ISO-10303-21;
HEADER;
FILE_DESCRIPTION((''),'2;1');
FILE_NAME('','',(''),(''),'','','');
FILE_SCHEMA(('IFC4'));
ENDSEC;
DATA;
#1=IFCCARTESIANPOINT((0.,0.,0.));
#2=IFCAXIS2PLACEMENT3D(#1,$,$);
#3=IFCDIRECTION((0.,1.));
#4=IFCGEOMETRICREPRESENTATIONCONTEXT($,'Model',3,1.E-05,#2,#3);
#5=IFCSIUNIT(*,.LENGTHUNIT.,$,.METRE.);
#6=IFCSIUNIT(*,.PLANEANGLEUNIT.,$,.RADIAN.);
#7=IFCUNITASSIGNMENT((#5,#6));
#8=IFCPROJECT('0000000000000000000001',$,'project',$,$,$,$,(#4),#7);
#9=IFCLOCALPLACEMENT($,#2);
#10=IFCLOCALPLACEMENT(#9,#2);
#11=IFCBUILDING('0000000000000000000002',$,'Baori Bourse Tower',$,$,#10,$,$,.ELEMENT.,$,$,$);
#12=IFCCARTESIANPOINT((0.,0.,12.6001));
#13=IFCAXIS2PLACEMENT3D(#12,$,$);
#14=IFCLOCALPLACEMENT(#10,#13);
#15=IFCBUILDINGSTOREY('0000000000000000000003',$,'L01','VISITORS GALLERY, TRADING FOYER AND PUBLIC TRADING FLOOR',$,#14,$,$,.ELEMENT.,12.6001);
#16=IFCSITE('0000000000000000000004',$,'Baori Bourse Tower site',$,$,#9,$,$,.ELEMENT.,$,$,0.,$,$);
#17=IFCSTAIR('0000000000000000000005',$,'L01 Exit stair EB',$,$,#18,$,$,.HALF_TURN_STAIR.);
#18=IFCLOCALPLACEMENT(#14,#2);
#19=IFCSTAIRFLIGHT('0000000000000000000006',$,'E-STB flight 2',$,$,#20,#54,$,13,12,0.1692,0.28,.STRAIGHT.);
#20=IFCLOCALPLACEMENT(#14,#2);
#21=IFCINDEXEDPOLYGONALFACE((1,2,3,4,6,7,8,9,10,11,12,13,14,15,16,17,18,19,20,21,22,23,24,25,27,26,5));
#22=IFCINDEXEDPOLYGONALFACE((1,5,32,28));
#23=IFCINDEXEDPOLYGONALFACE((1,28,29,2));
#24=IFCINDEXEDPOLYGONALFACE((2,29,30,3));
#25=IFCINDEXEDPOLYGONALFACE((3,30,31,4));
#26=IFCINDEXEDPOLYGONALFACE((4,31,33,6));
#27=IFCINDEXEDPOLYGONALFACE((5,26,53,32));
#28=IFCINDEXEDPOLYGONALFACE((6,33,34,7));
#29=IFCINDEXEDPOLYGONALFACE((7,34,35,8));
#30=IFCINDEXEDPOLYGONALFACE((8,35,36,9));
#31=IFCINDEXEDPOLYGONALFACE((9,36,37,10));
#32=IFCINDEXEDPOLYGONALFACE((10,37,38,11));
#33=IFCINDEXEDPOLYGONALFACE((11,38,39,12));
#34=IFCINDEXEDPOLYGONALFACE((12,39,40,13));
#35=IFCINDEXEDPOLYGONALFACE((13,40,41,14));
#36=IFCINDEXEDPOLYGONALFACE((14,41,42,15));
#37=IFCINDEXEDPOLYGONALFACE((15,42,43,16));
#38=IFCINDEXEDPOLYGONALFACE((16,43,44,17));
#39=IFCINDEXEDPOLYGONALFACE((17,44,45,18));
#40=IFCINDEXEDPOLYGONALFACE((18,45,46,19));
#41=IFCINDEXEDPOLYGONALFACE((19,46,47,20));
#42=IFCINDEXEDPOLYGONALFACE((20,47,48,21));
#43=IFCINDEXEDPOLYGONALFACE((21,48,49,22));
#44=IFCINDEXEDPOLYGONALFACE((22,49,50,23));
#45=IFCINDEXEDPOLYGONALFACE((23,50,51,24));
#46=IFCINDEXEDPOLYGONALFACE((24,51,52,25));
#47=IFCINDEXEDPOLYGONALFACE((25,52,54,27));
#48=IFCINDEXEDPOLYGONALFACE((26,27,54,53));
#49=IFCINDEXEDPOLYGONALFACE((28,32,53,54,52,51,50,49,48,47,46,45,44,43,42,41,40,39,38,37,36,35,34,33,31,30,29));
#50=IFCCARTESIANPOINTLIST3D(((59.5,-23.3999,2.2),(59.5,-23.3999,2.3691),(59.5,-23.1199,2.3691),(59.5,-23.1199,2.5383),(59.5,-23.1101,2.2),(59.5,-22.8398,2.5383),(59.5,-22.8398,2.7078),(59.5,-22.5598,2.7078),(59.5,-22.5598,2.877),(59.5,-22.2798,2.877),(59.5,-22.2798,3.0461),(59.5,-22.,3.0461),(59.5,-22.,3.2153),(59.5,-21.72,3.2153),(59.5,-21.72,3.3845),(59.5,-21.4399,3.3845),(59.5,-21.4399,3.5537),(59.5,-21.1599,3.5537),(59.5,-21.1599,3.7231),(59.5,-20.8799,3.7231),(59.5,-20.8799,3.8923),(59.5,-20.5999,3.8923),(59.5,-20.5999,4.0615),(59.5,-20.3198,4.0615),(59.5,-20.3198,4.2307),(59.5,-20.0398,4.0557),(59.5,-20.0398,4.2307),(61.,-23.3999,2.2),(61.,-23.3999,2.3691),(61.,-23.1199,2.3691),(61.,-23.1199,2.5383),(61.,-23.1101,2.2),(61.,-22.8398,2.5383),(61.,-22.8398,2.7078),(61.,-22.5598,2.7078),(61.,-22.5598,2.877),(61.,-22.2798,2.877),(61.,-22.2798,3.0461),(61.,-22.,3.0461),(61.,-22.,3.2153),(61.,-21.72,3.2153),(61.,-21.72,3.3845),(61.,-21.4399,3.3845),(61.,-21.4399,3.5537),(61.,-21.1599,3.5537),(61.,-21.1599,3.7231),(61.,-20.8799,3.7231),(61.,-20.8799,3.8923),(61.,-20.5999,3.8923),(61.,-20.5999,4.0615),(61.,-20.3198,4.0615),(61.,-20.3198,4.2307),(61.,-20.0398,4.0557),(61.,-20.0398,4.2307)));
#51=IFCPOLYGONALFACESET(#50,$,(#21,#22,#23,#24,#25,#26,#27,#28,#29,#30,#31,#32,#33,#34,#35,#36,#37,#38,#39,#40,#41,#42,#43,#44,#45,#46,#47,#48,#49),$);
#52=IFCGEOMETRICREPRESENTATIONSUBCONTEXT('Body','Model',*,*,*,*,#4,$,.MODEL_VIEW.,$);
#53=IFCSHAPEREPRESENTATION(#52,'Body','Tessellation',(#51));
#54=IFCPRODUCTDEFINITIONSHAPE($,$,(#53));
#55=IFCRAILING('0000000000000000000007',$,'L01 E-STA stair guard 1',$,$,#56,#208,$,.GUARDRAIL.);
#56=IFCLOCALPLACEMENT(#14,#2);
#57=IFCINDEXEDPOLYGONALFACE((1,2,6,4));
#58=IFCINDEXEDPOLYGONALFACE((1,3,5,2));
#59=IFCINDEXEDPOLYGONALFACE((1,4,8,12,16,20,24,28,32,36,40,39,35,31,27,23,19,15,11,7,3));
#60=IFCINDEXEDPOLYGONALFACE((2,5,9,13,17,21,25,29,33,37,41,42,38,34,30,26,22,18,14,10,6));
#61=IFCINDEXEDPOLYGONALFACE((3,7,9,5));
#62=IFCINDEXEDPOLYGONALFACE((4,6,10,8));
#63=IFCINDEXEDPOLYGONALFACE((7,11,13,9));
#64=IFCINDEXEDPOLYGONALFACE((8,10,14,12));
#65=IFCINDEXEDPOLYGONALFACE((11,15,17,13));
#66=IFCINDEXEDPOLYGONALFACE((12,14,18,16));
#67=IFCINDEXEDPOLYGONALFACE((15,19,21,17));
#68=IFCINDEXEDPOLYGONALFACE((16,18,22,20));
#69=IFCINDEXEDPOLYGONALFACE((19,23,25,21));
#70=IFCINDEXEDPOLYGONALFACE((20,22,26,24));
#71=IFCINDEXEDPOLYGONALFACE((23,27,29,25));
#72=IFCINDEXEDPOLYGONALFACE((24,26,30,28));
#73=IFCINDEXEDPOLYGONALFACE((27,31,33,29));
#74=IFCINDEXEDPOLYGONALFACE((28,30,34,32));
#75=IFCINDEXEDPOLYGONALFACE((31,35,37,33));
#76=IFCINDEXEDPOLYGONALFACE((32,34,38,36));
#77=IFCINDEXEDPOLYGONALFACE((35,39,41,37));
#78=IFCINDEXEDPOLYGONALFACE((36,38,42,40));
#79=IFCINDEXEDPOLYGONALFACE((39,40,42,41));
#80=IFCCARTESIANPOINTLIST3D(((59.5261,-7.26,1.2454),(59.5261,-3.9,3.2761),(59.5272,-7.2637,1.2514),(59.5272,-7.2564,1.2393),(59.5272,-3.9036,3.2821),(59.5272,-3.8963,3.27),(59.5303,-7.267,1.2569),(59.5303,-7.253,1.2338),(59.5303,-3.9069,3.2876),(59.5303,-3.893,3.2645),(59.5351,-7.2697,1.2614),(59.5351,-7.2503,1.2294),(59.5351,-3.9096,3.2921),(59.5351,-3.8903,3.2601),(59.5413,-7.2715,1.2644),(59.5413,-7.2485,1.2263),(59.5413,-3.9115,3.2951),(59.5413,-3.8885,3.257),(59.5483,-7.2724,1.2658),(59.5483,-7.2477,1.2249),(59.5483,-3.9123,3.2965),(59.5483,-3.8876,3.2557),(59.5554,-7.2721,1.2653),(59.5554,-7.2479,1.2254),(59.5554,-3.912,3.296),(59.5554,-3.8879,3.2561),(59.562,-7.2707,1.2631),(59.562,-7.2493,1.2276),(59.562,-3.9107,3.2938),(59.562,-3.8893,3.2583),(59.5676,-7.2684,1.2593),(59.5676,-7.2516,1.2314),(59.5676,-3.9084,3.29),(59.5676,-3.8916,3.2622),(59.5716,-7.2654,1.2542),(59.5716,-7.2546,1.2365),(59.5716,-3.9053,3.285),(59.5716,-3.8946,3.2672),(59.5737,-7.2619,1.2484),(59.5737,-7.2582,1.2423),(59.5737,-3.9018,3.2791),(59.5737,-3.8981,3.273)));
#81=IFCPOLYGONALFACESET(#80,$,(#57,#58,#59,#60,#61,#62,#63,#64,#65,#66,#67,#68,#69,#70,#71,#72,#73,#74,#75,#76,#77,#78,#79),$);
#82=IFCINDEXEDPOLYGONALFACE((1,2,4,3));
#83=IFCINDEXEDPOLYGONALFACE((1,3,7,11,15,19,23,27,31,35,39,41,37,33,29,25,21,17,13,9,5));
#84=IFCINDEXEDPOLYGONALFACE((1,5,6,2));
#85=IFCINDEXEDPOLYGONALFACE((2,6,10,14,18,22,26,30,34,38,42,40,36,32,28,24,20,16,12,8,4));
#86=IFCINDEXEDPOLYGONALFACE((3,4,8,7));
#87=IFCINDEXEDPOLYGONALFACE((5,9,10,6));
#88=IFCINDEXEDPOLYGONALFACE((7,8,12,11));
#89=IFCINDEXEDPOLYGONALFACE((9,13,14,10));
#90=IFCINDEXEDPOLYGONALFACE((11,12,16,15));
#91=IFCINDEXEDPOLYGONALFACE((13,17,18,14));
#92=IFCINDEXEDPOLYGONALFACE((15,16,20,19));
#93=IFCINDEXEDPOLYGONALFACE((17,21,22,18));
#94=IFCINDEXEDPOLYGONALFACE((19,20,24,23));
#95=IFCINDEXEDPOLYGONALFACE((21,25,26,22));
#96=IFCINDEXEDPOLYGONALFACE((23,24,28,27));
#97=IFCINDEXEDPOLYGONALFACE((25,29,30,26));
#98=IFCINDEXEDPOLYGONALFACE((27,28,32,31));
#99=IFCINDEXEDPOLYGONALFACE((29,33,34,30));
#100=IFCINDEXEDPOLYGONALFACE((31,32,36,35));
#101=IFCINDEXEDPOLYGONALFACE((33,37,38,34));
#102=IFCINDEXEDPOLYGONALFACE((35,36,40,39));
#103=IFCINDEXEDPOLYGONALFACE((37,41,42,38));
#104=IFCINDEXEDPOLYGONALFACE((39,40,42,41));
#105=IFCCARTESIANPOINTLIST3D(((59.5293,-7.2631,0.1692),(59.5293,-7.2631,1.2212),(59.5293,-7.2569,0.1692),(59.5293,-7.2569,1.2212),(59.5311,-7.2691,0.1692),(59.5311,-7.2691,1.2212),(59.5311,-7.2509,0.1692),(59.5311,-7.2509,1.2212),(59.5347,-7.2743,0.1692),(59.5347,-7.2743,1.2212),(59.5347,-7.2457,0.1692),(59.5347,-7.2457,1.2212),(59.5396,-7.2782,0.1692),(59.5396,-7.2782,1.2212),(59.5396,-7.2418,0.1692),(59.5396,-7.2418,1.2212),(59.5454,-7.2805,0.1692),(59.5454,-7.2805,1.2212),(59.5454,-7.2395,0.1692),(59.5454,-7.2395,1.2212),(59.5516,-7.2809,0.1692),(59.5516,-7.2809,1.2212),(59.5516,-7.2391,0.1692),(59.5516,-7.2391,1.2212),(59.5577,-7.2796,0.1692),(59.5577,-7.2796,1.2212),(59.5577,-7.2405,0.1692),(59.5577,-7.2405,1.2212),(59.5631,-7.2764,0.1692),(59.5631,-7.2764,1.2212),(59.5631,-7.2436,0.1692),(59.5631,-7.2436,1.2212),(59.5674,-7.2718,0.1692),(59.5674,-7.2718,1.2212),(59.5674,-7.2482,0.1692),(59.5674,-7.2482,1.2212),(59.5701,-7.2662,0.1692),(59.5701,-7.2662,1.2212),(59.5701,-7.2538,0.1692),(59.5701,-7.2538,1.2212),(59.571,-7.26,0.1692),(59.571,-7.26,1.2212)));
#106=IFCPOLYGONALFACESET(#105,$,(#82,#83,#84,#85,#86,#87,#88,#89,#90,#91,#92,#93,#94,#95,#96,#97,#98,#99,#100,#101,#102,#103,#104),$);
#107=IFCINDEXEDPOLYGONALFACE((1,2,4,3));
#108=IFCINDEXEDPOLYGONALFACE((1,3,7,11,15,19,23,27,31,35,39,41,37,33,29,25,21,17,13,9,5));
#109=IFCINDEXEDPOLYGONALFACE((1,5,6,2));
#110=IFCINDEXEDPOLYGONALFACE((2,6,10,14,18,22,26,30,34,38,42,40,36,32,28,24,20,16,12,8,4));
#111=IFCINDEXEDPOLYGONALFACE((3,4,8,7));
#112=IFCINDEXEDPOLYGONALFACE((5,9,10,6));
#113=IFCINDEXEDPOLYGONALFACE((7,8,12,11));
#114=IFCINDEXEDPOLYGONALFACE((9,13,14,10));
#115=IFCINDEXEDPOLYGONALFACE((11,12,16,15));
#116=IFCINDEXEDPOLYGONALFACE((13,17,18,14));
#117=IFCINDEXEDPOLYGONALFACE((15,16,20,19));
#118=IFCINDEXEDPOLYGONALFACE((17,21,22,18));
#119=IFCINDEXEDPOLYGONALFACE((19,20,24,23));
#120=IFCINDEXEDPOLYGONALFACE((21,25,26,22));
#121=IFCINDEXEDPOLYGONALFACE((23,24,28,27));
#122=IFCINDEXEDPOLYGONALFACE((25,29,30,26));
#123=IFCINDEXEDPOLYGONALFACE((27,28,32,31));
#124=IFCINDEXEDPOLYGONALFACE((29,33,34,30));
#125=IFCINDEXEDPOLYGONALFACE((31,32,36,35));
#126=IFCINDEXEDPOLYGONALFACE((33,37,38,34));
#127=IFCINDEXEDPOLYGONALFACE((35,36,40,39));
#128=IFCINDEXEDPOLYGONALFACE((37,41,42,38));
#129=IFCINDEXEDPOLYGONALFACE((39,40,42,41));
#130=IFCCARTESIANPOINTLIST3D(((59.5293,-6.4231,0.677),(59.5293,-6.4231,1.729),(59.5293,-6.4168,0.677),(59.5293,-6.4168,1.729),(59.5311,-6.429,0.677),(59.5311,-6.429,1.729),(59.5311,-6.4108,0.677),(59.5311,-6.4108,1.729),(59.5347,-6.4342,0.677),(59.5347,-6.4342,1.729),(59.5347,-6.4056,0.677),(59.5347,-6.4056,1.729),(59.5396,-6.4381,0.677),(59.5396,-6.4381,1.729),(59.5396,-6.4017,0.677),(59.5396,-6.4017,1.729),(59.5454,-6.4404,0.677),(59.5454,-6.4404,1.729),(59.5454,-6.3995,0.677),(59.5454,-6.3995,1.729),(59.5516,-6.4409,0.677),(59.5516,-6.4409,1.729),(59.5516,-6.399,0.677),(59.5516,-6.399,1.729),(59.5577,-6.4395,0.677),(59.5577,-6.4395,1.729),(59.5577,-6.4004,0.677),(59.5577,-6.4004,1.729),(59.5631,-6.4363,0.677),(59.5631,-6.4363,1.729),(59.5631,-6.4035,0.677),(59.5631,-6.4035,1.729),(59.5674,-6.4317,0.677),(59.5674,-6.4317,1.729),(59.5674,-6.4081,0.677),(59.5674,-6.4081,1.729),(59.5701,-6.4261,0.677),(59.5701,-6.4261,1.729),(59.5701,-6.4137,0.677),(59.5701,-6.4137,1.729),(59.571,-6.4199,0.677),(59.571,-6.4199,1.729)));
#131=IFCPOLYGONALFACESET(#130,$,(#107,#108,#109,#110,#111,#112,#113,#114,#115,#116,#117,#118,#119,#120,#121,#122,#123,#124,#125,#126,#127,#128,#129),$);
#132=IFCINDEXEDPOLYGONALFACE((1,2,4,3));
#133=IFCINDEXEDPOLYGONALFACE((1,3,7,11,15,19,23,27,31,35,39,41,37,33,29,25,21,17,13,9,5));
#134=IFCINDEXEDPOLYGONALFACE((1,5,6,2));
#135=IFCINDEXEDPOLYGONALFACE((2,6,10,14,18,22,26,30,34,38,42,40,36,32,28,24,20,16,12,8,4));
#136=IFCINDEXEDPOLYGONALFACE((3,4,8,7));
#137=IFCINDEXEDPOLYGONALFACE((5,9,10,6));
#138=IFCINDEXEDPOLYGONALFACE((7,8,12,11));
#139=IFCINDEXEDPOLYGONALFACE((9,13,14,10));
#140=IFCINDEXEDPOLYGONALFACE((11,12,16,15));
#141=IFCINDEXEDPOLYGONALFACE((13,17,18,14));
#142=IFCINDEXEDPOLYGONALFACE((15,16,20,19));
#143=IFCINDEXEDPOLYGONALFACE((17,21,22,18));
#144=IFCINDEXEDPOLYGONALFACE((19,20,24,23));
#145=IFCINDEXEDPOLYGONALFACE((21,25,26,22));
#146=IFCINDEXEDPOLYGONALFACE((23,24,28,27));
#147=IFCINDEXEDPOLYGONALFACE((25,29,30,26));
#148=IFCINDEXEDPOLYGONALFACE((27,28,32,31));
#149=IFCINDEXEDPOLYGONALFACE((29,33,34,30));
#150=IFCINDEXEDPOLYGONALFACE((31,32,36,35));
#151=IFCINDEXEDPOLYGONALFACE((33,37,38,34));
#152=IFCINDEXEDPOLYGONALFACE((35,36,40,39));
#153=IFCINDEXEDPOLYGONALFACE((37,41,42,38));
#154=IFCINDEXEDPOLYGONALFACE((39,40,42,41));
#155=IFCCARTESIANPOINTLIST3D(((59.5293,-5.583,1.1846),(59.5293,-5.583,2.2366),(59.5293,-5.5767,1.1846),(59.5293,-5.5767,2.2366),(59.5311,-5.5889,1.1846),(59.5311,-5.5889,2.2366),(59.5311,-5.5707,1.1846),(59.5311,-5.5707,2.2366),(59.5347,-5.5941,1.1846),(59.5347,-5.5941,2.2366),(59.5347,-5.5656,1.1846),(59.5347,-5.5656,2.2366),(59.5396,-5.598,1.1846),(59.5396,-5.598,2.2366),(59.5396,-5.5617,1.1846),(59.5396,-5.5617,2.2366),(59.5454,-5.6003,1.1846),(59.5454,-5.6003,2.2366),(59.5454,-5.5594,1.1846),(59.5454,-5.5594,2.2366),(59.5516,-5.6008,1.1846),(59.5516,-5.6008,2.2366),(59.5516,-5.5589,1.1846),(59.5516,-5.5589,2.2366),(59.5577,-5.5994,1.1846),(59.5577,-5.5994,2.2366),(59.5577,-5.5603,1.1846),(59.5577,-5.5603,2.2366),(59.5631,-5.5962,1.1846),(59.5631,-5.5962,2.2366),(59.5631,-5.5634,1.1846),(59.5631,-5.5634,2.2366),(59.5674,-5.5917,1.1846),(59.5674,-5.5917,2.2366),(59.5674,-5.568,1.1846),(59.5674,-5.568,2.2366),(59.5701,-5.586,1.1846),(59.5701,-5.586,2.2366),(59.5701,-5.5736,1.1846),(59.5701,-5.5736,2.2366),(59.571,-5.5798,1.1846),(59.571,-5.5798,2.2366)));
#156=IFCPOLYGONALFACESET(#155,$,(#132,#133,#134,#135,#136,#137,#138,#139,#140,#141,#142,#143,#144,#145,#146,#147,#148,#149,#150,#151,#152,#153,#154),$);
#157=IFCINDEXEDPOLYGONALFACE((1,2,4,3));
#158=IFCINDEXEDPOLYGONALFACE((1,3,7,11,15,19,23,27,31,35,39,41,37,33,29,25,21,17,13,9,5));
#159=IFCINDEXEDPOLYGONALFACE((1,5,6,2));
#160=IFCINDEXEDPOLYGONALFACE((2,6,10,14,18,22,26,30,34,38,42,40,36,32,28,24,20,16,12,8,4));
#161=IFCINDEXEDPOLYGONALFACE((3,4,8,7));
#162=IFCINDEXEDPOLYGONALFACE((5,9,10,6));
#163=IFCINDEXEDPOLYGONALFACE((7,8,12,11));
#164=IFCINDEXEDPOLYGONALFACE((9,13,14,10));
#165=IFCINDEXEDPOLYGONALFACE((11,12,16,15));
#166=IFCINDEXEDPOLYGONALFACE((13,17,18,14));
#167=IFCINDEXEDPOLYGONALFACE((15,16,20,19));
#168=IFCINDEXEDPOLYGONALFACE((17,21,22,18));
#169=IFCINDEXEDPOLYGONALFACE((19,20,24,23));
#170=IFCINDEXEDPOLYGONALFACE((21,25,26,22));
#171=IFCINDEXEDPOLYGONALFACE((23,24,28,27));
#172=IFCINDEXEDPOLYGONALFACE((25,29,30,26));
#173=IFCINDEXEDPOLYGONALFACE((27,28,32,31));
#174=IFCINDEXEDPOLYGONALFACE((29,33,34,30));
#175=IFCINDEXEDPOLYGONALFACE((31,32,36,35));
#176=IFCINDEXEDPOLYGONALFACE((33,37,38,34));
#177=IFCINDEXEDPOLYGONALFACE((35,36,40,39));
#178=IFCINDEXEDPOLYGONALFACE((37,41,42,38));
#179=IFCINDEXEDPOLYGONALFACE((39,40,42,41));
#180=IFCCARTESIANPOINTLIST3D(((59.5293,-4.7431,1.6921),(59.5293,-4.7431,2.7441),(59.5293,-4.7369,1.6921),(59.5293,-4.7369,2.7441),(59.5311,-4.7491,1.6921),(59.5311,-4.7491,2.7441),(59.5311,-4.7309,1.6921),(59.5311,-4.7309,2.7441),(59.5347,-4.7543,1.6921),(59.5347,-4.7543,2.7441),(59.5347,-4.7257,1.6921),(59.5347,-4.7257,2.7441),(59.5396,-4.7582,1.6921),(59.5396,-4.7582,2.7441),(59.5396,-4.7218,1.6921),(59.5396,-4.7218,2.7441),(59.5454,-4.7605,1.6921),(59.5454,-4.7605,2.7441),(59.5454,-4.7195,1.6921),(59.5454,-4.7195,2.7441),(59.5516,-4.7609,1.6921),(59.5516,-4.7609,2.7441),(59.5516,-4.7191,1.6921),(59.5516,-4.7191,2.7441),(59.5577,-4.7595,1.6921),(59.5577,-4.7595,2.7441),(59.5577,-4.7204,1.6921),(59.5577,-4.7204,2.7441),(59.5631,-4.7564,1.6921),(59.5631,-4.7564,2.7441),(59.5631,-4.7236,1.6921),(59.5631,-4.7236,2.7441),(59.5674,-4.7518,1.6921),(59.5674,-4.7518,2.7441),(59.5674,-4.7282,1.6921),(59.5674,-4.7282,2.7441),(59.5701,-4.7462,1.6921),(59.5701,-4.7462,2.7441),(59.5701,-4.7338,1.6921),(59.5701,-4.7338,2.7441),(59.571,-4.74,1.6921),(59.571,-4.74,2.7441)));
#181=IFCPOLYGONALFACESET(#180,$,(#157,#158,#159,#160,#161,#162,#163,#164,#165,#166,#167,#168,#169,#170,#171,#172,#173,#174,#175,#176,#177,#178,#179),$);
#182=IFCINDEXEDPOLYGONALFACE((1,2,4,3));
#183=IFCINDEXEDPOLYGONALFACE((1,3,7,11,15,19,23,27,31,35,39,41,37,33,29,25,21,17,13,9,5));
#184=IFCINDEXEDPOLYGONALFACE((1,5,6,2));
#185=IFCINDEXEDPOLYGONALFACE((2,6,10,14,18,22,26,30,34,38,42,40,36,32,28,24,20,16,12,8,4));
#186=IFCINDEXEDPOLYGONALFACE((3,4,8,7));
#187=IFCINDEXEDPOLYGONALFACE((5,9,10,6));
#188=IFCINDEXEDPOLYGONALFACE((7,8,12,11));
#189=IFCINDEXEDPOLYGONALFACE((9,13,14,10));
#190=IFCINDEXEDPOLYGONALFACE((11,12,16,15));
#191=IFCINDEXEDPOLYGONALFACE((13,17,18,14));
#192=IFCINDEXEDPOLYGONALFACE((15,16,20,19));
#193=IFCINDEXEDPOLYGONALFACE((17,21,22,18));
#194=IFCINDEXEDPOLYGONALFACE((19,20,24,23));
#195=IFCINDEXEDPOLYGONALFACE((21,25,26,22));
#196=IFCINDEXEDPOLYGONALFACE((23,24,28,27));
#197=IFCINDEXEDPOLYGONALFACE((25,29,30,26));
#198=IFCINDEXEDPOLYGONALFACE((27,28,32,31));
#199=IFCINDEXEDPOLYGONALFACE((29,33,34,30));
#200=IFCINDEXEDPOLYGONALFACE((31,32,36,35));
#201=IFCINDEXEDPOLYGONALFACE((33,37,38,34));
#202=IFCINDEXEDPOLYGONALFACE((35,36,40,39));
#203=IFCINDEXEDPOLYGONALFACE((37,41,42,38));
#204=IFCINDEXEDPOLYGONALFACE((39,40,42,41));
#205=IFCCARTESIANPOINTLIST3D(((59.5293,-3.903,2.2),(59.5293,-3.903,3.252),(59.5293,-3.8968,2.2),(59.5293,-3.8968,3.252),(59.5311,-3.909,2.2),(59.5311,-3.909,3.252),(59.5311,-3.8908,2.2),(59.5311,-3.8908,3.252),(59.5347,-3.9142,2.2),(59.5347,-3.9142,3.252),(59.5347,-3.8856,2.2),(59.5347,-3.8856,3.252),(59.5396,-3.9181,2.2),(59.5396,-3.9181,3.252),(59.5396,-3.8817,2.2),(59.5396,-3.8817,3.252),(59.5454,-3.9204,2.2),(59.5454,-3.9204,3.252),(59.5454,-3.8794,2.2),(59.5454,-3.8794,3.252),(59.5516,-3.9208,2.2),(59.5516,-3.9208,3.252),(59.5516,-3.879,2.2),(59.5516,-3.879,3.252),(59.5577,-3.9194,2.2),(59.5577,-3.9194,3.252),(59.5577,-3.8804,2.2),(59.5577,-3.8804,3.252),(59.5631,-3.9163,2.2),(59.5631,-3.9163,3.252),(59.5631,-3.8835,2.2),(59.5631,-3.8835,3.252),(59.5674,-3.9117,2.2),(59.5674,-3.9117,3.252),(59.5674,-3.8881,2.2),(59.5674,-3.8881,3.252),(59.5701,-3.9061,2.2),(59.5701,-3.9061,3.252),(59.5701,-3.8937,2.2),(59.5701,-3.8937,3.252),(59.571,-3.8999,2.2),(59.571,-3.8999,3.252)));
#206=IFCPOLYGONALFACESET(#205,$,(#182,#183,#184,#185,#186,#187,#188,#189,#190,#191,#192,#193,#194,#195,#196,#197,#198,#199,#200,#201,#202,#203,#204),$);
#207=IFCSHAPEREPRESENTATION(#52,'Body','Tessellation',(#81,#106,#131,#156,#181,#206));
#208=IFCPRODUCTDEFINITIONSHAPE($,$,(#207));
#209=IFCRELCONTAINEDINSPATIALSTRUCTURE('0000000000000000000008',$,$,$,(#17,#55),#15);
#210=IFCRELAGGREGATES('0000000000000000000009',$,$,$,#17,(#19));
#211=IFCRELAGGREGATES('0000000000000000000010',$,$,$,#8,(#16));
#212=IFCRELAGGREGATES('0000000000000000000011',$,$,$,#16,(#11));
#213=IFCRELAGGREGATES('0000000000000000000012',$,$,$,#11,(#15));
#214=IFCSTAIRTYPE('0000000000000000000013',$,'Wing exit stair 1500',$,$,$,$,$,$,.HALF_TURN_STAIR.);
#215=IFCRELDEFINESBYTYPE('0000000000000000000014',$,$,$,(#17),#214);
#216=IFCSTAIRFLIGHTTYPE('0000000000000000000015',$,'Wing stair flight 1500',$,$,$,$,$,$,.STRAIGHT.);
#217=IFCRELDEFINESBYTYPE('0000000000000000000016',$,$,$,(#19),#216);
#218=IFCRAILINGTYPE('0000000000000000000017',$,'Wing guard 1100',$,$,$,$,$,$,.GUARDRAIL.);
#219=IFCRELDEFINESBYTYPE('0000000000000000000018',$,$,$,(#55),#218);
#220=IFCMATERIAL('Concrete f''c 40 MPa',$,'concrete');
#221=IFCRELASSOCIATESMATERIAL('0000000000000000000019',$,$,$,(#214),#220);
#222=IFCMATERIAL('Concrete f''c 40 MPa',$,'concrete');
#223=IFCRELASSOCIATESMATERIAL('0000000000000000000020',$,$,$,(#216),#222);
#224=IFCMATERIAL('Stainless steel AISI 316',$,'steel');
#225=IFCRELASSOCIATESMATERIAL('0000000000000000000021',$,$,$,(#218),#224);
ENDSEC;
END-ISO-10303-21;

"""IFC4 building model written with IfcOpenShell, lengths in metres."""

from ifc_helpers import new_model, si_unit, direction, frame, origin, origin_2d, place, context, subcontext, project, spatial, polyline, circle, outline, extrude, material, type_object, element, aggregate, save


model = new_model("IFC4")

# Units and contexts
model_context = context("Model", 3, precision=1e-05, world=origin(), true_north=direction((0.0, 1.0)))
body_context = subcontext(model_context, "Body", "Model", "MODEL_VIEW")
ifc_project = project(units=[si_unit("LENGTHUNIT", "METRE"), si_unit("PLANEANGLEUNIT", "RADIAN")], contexts=[model_context])

# Site, building, storey
site_placement = place(None, origin())
site = spatial("IfcSite", under=ifc_project, at=site_placement, Name="Baori Bourse Tower site", CompositionType="ELEMENT", RefElevation=0.0)
building_placement = place(site_placement, origin())
building = spatial("IfcBuilding", under=site, at=building_placement, Name="Baori Bourse Tower", CompositionType="ELEMENT")
storey_placement = place(building_placement, frame((0.0, 0.0, 12.6001)))
storey = spatial("IfcBuildingStorey", under=building, at=storey_placement, Name="L01", Description="VISITORS GALLERY, TRADING FOYER AND PUBLIC TRADING FLOOR", CompositionType="ELEMENT", Elevation=12.6001)

# Stair, stair flight
ifc_material_1 = material(Name="Concrete f'c 40 MPa", Category="concrete")
stair_type = type_object("IfcStairType", Name="Wing exit stair 1500", PredefinedType="HALF_TURN_STAIR", material=ifc_material_1)
ifc_material_2 = material(Name="Concrete f'c 40 MPa", Category="concrete")
stair_flight_type = type_object("IfcStairFlightType", Name="Wing stair flight 1500", PredefinedType="STRAIGHT", material=ifc_material_2)
stair_1_placement = place(storey_placement, origin())
stair_1 = element("IfcStair", 1, at=stair_1_placement, inside=storey, type_object=stair_type, Name="L01 Exit stair EB", PredefinedType="HALF_TURN_STAIR")
stair_flight_1_placement = place(storey_placement, frame((60.25, -23.3999, 2.2), z_axis=(0.0, 0.0, 1.0), x_axis=(0.0, 1.0, 0.0)))
stair_flight_1 = element("IfcStairFlight", 2, at=stair_flight_1_placement, type_object=stair_flight_type, Name="E-STB flight 2", NumberOfRisers=13, NumberOfTreads=12, PredefinedType="STRAIGHT", RiserHeight=0.1692, TreadLength=0.28, context=body_context, shape_type="SweptSolid", body=[
    extrude(outline(polyline([(0.0, 0.0), (0.0, 0.1692), (0.28, 0.1692), (0.28, 0.3384), (0.5601, 0.3384), (0.5601, 0.5078), (0.8401, 0.5078), (0.8401, 0.677), (1.1201, 0.677), (1.1201, 0.8462), (1.3999, 0.8462), (1.3999, 1.0154), (1.6799, 1.0154), (1.6799, 1.1846), (1.96, 1.1846), (1.96, 1.3538), (2.24, 1.3538), (2.24, 1.5232), (2.52, 1.5232), (2.52, 1.6924), (2.8, 1.6924), (2.8, 1.8616), (3.0801, 1.8616), (3.0801, 2.0308), (3.3601, 2.0308), (3.3601, 2.2), (3.3601, 1.8557), (0.2898, 0.0), (0.0, 0.0)])), frame((0.0, 0.75, 0.0), z_axis=(0.0, -1.0, 0.0), x_axis=(1.0, 0.0, 0.0)), (0.0, 0.0, 1.0), 1.5),
])
aggregate(stair_1, [stair_flight_1])

# Railing
ifc_material_3 = material(Name="Stainless steel AISI 316", Category="steel")
railing_type_1 = type_object("IfcRailingType", Name="Wing guard 1100", PredefinedType="GUARDRAIL", material=ifc_material_3)
railing_1_placement = place(storey_placement, frame((59.55, -7.26, 0.1692)))
element("IfcRailing", 3, at=railing_1_placement, inside=storey, type_object=railing_type_1, Name="L01 E-STA stair guard 1", PredefinedType="GUARDRAIL", context=body_context, shape_type="SweptSolid", body=[
    extrude(circle(Radius=0.0239, at=origin_2d()), frame((0.0, 0.0, 1.0762), z_axis=(0.0, 0.855837, 0.517246), x_axis=(-1.0, 0.0, 0.0)), (0.0, 0.0, 1.0), 3.926),
    extrude(circle(Radius=0.021, at=origin_2d()), origin(), (0.0, 0.0, 1.0), 1.052),
    extrude(circle(Radius=0.021, at=origin_2d()), frame((0.0, 0.8401, 0.5078)), (0.0, 0.0, 1.0), 1.052),
    extrude(circle(Radius=0.021, at=origin_2d()), frame((0.0, 1.6802, 1.0154)), (0.0, 0.0, 1.0), 1.052),
    extrude(circle(Radius=0.021, at=origin_2d()), frame((0.0, 2.52, 1.5229)), (0.0, 0.0, 1.0), 1.052),
    extrude(circle(Radius=0.021, at=origin_2d()), frame((0.0, 3.3601, 2.0308)), (0.0, 0.0, 1.0), 1.052),
])

save(model, "model.ifc")
